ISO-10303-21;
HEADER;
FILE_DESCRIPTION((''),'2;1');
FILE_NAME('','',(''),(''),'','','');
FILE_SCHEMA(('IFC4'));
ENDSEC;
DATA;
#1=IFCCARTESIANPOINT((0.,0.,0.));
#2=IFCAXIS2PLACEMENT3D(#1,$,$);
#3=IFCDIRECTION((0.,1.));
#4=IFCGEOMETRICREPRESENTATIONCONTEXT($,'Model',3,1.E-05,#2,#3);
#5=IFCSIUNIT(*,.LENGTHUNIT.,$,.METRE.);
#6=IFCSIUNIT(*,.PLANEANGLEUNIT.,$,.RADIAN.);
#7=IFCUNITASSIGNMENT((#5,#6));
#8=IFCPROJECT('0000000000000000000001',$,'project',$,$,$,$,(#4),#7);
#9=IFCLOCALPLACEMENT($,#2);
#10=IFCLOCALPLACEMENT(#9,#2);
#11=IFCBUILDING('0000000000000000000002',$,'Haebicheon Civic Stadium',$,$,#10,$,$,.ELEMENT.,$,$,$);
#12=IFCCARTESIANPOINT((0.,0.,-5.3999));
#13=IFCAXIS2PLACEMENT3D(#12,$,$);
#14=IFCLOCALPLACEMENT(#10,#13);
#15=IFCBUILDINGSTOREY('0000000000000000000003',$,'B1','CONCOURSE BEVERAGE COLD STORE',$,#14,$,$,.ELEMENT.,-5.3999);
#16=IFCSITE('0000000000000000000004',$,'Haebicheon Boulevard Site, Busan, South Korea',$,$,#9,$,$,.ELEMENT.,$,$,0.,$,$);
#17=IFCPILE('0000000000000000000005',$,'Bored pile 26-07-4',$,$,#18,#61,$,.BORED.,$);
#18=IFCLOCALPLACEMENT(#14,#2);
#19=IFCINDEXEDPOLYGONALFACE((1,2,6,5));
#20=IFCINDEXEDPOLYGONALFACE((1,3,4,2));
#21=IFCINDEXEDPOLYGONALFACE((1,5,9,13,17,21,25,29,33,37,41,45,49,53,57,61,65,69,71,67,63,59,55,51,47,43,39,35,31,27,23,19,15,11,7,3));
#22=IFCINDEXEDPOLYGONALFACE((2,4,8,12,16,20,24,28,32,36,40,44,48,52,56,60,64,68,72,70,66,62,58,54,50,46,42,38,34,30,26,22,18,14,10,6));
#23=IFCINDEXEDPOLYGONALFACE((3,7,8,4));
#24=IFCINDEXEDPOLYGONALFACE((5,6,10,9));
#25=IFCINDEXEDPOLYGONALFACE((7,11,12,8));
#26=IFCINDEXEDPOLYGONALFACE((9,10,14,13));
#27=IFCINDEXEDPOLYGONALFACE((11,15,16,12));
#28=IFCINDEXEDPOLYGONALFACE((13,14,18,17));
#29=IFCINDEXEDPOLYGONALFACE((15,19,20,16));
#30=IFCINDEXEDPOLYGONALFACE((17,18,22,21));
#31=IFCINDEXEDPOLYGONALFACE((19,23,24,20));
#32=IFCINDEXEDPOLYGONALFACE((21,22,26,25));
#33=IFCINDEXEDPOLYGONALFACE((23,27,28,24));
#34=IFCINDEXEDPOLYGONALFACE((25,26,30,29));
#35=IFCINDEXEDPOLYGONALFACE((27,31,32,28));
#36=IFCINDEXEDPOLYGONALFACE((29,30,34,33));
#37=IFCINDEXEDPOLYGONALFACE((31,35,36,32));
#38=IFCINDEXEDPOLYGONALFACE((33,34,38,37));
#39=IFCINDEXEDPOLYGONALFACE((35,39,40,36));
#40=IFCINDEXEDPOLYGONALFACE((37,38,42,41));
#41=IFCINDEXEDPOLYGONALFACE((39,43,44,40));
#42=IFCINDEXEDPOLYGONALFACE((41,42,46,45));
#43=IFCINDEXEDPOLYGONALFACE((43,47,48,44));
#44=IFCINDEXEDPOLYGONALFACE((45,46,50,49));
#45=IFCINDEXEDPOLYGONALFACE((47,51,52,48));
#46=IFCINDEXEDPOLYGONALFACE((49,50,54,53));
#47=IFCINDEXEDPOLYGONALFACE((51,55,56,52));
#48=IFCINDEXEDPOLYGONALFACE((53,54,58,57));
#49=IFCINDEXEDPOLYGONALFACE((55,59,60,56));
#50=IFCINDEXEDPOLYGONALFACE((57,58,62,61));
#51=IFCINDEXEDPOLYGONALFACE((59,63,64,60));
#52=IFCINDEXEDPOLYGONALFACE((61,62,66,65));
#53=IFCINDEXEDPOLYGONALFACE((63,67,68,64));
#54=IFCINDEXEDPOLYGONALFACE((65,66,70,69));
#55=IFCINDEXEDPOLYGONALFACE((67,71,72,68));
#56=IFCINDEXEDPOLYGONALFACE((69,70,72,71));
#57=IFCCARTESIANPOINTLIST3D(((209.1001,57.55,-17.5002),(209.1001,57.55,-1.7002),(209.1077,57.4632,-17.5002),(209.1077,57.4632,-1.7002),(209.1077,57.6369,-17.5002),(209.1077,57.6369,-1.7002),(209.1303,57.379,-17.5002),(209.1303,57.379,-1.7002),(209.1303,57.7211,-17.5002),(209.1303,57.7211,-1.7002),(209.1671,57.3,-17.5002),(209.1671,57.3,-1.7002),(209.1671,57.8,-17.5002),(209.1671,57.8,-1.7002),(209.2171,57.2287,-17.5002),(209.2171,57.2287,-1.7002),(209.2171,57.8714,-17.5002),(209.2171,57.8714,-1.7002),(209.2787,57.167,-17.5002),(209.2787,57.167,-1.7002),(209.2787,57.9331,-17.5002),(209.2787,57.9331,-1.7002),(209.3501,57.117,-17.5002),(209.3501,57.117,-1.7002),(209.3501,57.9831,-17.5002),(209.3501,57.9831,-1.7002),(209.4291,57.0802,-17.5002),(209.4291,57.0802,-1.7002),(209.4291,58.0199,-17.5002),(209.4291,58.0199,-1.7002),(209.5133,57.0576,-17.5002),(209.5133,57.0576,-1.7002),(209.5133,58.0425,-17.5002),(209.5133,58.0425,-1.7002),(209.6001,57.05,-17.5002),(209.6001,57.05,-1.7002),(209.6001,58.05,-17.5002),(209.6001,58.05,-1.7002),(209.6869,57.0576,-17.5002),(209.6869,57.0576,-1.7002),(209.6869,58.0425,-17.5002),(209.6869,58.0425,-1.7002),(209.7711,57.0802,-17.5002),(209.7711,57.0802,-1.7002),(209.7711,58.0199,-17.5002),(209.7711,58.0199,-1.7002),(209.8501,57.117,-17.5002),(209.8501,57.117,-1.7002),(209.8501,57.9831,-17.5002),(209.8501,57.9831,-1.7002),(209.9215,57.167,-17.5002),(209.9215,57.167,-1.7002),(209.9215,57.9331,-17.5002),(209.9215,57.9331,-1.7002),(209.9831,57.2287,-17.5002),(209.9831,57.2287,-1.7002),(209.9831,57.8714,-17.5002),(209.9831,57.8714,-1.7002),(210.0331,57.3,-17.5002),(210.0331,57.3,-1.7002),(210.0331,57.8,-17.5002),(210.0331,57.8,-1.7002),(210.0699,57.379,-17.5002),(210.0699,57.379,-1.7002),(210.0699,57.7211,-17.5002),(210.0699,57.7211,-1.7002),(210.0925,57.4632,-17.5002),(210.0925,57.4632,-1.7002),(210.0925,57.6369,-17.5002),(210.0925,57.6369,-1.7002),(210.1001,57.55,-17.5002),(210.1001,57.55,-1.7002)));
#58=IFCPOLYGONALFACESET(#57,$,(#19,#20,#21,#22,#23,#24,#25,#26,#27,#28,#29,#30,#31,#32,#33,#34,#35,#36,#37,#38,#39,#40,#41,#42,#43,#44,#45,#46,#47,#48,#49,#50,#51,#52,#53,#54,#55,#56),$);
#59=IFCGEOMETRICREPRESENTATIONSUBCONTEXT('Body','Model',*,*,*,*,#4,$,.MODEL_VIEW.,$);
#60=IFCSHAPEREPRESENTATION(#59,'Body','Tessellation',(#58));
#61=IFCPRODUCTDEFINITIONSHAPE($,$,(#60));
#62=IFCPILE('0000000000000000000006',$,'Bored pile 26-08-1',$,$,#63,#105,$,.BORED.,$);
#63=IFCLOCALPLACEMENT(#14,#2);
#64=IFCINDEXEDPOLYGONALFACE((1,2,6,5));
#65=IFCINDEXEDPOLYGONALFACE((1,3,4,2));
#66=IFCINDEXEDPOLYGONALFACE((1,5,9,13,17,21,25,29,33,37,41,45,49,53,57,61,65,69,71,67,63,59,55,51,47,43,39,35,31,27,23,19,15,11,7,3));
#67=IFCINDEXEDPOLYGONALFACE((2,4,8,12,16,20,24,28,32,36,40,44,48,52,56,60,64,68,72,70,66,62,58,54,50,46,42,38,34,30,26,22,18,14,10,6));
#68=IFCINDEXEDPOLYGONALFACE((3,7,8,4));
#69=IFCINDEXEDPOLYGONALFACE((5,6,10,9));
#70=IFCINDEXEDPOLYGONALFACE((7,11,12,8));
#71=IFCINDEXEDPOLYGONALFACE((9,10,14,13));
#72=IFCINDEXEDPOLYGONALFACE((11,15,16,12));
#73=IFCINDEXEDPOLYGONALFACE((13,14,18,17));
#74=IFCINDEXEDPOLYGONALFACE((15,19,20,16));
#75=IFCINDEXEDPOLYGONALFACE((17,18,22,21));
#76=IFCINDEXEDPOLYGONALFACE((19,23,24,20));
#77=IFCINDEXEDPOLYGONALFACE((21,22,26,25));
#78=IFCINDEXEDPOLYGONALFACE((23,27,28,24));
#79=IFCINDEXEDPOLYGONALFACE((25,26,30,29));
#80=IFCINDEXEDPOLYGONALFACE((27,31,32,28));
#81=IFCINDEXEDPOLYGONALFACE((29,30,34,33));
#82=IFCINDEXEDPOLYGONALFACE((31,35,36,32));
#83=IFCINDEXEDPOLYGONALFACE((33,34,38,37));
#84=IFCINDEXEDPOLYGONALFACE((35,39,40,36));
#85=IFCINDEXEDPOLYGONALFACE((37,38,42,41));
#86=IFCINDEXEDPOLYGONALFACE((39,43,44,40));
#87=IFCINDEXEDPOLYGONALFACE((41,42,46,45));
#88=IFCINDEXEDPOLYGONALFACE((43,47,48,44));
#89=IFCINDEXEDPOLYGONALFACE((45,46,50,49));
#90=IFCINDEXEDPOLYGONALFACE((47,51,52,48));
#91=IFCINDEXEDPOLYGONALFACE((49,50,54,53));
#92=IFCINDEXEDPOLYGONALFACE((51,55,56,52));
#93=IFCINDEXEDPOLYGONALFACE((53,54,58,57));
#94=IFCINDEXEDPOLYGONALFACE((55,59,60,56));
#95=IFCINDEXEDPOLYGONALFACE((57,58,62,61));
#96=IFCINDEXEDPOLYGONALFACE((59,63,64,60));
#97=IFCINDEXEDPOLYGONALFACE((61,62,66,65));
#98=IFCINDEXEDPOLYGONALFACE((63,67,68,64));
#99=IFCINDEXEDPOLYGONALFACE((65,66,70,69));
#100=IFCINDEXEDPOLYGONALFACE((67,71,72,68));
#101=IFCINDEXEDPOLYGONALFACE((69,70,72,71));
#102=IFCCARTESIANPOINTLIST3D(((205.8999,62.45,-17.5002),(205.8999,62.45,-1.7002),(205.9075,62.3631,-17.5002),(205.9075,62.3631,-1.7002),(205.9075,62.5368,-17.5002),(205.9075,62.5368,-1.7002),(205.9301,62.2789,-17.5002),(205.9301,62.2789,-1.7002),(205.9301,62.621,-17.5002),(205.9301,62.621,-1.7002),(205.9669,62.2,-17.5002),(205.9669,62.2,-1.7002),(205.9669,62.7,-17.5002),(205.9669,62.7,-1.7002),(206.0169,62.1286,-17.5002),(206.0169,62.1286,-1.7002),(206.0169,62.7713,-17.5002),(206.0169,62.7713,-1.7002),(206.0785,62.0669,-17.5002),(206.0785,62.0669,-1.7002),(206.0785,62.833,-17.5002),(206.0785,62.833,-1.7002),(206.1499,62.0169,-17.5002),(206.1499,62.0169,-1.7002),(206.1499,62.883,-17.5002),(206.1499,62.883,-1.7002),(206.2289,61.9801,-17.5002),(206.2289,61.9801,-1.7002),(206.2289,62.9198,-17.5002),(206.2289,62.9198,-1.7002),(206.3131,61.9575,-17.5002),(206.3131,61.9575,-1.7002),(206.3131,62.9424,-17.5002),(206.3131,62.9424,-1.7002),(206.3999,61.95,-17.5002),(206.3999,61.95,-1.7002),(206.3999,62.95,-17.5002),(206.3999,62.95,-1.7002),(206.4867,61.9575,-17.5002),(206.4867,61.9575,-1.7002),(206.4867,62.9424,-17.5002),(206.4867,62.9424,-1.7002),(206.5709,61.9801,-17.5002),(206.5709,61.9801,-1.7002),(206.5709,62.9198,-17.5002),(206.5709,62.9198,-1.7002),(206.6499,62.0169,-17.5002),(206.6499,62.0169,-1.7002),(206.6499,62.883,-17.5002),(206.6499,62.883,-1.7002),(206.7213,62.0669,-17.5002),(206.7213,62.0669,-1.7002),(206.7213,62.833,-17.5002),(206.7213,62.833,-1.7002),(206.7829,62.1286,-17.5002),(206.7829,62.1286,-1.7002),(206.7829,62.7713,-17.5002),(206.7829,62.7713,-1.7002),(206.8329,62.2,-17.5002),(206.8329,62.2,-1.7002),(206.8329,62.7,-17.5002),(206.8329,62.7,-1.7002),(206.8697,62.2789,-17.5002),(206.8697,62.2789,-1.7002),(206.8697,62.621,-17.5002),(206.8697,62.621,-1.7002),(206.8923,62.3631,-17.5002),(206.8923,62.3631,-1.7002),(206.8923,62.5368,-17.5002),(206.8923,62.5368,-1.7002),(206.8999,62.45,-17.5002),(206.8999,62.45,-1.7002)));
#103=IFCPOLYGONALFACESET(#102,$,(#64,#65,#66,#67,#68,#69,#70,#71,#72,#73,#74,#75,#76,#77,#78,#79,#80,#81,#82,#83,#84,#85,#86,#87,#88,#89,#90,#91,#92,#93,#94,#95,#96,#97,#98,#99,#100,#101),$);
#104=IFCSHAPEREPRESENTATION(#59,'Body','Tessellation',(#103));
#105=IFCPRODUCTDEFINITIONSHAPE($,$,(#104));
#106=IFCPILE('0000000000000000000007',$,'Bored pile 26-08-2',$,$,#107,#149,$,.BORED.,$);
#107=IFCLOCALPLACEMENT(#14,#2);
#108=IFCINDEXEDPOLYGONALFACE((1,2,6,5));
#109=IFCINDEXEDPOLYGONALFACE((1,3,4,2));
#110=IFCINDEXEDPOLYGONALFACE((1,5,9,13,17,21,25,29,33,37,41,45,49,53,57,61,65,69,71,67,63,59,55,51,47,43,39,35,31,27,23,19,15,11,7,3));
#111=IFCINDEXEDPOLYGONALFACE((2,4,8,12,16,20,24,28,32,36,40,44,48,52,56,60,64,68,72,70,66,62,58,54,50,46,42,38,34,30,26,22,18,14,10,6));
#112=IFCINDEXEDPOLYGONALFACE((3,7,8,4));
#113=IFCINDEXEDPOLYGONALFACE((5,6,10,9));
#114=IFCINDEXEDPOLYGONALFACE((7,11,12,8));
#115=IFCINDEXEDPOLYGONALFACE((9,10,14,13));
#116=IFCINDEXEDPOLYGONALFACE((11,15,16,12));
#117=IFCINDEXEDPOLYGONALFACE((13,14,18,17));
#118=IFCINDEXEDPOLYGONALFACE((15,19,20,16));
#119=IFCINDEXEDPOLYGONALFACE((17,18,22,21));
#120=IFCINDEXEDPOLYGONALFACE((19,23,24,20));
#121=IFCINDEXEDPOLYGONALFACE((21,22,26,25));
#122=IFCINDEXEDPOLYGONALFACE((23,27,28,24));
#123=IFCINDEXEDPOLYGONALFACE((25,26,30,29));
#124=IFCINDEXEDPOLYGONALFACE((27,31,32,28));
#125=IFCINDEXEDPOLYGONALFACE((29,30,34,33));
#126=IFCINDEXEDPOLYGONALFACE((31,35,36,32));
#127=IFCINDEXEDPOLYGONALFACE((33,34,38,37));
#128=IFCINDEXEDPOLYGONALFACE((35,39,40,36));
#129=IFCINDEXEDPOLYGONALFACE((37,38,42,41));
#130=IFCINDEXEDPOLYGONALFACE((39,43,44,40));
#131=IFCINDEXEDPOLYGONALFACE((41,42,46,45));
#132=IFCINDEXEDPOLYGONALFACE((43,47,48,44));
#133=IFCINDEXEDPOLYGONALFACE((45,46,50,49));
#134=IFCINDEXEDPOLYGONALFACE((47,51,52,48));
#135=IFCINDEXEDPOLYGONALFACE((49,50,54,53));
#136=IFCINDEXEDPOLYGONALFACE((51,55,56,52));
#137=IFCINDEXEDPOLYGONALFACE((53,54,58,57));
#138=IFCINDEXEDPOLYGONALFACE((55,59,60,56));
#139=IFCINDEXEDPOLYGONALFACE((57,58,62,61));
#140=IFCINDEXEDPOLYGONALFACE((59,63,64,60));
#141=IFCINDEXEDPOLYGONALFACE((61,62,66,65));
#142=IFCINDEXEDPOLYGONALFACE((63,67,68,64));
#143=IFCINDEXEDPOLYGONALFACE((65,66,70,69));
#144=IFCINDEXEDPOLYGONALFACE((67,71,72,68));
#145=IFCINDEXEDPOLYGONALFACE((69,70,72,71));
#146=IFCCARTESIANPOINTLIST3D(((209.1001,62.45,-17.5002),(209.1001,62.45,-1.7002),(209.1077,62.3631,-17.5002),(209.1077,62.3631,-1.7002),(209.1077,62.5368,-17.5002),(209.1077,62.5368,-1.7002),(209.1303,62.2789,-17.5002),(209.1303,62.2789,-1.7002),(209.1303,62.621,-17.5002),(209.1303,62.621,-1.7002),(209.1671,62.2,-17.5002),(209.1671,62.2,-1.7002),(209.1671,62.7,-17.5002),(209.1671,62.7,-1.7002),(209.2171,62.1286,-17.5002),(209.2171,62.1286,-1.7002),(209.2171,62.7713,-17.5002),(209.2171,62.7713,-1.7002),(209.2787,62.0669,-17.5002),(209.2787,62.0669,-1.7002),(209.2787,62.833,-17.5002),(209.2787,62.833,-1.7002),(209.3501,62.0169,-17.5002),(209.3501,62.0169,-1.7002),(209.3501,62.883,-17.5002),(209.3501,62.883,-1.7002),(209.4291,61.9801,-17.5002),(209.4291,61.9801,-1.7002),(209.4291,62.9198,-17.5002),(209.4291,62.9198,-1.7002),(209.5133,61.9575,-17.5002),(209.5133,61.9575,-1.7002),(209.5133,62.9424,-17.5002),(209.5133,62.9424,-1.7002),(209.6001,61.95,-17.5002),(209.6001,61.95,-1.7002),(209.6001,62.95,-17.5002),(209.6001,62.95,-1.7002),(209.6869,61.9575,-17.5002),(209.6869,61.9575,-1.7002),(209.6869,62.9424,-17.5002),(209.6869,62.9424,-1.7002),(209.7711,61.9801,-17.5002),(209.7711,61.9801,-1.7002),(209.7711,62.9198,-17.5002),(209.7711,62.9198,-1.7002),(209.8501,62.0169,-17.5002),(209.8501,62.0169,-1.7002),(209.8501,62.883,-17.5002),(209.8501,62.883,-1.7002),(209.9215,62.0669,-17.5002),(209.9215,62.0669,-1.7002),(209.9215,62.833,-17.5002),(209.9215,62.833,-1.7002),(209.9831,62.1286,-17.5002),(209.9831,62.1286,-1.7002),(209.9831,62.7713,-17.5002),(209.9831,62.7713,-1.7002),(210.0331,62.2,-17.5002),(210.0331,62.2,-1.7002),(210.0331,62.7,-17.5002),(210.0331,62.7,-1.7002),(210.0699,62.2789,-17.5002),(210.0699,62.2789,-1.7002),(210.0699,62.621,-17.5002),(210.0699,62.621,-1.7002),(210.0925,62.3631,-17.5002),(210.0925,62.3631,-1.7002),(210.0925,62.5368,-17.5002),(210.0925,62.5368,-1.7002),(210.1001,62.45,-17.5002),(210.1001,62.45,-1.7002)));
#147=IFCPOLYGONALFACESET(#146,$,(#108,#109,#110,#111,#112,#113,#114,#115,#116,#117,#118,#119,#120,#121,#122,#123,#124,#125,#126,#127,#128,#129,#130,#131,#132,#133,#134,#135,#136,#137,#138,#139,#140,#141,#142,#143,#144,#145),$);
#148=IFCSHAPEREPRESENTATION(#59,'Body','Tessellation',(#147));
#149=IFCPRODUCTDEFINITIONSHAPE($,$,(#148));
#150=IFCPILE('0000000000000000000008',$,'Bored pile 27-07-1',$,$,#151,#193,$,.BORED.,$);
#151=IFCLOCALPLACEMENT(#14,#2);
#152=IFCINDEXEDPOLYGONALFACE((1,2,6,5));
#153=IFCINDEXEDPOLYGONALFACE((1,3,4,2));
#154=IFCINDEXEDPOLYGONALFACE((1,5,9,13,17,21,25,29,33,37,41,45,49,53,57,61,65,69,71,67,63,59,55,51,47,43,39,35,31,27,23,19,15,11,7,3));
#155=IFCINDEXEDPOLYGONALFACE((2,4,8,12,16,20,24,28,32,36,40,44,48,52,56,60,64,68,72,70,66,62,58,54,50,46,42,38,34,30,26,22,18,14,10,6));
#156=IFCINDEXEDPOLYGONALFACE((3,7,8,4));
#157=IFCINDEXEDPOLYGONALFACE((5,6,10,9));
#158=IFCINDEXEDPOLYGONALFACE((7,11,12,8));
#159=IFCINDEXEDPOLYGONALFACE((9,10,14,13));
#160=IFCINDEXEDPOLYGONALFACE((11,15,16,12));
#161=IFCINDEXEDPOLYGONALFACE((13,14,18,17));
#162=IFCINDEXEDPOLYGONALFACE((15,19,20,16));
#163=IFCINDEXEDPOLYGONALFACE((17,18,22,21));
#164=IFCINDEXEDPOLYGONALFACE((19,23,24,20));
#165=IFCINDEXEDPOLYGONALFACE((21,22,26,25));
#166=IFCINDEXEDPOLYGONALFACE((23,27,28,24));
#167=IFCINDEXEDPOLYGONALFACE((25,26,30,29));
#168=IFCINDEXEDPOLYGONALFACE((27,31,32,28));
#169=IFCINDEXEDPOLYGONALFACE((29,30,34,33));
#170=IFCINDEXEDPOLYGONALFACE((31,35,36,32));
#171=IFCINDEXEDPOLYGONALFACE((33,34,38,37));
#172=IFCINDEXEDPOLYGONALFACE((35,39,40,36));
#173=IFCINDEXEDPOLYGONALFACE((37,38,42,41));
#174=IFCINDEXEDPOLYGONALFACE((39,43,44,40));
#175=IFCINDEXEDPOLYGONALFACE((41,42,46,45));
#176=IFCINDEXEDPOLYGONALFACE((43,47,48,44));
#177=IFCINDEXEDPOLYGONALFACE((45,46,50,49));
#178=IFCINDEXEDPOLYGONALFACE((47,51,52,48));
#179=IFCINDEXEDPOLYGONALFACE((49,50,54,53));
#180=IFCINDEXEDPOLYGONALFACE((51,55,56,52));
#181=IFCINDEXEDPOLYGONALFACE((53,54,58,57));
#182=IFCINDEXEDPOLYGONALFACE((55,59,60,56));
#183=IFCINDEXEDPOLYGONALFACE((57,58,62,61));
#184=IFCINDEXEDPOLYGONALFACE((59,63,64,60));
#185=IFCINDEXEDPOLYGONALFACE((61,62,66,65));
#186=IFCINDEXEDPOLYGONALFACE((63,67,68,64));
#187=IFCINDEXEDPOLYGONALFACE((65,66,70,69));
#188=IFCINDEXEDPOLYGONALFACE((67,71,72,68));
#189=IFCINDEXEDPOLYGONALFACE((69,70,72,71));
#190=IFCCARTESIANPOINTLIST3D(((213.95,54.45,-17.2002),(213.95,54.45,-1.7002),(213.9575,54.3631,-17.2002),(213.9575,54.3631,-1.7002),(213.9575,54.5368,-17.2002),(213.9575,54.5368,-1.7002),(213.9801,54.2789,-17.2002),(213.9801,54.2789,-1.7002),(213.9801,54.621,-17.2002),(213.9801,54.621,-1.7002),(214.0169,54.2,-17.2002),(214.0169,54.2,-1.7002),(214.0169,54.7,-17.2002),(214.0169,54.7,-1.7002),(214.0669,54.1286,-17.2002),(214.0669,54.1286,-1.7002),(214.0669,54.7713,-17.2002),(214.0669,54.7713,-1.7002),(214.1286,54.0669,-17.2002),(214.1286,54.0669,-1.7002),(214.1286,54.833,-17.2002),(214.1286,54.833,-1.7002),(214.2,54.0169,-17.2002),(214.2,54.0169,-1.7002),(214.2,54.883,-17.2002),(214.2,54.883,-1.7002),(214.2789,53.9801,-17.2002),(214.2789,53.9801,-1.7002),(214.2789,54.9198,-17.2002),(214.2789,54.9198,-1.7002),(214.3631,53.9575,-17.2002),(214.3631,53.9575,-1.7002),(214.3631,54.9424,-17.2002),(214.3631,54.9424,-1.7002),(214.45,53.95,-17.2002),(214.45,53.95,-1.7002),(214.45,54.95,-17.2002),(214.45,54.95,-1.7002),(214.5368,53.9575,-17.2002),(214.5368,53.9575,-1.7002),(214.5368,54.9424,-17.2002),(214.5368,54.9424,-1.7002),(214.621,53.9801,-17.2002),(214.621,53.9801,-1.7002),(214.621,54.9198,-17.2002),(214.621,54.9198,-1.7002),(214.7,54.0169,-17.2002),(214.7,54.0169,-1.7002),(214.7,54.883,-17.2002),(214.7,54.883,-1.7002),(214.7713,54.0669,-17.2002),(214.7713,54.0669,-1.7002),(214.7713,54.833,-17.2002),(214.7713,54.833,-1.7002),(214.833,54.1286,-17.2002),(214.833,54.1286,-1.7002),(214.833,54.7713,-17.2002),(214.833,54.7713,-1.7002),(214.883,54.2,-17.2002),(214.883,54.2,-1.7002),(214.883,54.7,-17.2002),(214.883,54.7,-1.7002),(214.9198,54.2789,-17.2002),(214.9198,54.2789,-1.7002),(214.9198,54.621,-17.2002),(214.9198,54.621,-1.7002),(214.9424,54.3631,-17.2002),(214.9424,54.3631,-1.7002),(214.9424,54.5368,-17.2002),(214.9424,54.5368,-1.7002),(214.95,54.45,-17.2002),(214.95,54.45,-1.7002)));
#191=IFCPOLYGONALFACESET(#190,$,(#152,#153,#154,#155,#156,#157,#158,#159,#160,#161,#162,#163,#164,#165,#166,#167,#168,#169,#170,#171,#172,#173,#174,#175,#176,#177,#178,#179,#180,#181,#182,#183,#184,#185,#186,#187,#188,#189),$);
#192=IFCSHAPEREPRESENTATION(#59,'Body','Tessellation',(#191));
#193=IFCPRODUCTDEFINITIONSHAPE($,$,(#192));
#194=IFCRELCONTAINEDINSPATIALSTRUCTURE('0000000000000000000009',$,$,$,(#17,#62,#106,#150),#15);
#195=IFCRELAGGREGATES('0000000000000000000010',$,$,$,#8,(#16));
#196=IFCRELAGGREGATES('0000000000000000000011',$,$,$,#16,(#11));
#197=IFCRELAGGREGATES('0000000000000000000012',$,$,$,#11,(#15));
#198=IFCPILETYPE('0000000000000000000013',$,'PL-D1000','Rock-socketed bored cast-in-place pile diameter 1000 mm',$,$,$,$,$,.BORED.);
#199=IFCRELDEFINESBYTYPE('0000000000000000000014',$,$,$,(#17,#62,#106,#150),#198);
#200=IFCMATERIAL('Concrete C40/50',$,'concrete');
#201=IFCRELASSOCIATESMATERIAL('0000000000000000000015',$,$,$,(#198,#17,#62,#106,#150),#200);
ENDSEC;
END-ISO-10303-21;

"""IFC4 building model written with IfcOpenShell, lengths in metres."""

from ifc_helpers import new_model, si_unit, direction, frame, origin, origin_2d, place, context, subcontext, project, spatial, circle, extrude, material, material_profile, profile_set, type_object, element, save


model = new_model("IFC4")

# Units and contexts
model_context = context("Model", 3, precision=1e-05, world=origin(), true_north=direction((0.0, 1.0)))
body_context = subcontext(model_context, "Body", "Model", "MODEL_VIEW")
ifc_project = project(units=[si_unit("LENGTHUNIT", "METRE"), si_unit("PLANEANGLEUNIT", "RADIAN")], contexts=[model_context])

# Site, building, storey
site_placement = place(None, origin())
site = spatial("IfcSite", under=ifc_project, at=site_placement, Name="Haebicheon Boulevard Site, Busan, South Korea", CompositionType="ELEMENT", RefElevation=0.0)
building_placement = place(site_placement, origin())
building = spatial("IfcBuilding", under=site, at=building_placement, Name="Haebicheon Civic Stadium", CompositionType="ELEMENT")
storey_placement = place(building_placement, frame((0.0, 0.0, -5.3999)))
storey = spatial("IfcBuildingStorey", under=building, at=storey_placement, Name="B1", Description="CONCOURSE BEVERAGE COLD STORE", CompositionType="ELEMENT", Elevation=-5.3999)

# Piles
ifc_material_1 = material(Name="Concrete C40/50", Category="concrete")
ifc_material_profile_1 = material_profile(ifc_material_1, circle(Radius=0.5, at=origin_2d()), Name="PILE-D1000")
ifc_profile_set_1 = profile_set([ifc_material_profile_1], Name="Concrete C40/50")
pile_type = type_object("IfcPileType", Name="PL-D1000", Description="Rock-socketed bored cast-in-place pile diameter 1000 mm", PredefinedType="BORED", material=ifc_profile_set_1)
for number, where, z_axis, x_axis, name in (
    (1, (209.6001, 57.55, -1.7002), (0.0, 0.0, -1.0), (1.0, 0.0, 0.0), "Bored pile 26-07-4"),
    (2, (206.3999, 62.45, -1.7002), (0.0, 0.0, -1.0), (1.0, 0.0, 0.0), "Bored pile 26-08-1"),
    (3, (209.6001, 62.45, -1.7002), (0.0, 0.0, -1.0), (1.0, 0.0, 0.0), "Bored pile 26-08-2"),
):
    element("IfcPile", number, at=place(storey_placement, frame(where, z_axis=z_axis, x_axis=x_axis)), inside=storey, type_object=pile_type, material=ifc_profile_set_1, Name=name, PredefinedType="BORED", context=body_context, shape_type="SweptSolid", body=[
        extrude(circle(Radius=0.5, at=origin_2d()), origin(), (0.0, 0.0, 1.0), 15.8),
    ])
for number, where, z_axis, x_axis, name in (
    (4, (214.45, 54.45, -1.7002), (0.0, 0.0, -1.0), (1.0, 0.0, 0.0), "Bored pile 27-07-1"),
):
    element("IfcPile", number, at=place(storey_placement, frame(where, z_axis=z_axis, x_axis=x_axis)), inside=storey, type_object=pile_type, material=ifc_profile_set_1, Name=name, PredefinedType="BORED", context=body_context, shape_type="SweptSolid", body=[
        extrude(circle(Radius=0.5, at=origin_2d()), origin(), (0.0, 0.0, 1.0), 15.5),
    ])

save(model, "model.ifc")
